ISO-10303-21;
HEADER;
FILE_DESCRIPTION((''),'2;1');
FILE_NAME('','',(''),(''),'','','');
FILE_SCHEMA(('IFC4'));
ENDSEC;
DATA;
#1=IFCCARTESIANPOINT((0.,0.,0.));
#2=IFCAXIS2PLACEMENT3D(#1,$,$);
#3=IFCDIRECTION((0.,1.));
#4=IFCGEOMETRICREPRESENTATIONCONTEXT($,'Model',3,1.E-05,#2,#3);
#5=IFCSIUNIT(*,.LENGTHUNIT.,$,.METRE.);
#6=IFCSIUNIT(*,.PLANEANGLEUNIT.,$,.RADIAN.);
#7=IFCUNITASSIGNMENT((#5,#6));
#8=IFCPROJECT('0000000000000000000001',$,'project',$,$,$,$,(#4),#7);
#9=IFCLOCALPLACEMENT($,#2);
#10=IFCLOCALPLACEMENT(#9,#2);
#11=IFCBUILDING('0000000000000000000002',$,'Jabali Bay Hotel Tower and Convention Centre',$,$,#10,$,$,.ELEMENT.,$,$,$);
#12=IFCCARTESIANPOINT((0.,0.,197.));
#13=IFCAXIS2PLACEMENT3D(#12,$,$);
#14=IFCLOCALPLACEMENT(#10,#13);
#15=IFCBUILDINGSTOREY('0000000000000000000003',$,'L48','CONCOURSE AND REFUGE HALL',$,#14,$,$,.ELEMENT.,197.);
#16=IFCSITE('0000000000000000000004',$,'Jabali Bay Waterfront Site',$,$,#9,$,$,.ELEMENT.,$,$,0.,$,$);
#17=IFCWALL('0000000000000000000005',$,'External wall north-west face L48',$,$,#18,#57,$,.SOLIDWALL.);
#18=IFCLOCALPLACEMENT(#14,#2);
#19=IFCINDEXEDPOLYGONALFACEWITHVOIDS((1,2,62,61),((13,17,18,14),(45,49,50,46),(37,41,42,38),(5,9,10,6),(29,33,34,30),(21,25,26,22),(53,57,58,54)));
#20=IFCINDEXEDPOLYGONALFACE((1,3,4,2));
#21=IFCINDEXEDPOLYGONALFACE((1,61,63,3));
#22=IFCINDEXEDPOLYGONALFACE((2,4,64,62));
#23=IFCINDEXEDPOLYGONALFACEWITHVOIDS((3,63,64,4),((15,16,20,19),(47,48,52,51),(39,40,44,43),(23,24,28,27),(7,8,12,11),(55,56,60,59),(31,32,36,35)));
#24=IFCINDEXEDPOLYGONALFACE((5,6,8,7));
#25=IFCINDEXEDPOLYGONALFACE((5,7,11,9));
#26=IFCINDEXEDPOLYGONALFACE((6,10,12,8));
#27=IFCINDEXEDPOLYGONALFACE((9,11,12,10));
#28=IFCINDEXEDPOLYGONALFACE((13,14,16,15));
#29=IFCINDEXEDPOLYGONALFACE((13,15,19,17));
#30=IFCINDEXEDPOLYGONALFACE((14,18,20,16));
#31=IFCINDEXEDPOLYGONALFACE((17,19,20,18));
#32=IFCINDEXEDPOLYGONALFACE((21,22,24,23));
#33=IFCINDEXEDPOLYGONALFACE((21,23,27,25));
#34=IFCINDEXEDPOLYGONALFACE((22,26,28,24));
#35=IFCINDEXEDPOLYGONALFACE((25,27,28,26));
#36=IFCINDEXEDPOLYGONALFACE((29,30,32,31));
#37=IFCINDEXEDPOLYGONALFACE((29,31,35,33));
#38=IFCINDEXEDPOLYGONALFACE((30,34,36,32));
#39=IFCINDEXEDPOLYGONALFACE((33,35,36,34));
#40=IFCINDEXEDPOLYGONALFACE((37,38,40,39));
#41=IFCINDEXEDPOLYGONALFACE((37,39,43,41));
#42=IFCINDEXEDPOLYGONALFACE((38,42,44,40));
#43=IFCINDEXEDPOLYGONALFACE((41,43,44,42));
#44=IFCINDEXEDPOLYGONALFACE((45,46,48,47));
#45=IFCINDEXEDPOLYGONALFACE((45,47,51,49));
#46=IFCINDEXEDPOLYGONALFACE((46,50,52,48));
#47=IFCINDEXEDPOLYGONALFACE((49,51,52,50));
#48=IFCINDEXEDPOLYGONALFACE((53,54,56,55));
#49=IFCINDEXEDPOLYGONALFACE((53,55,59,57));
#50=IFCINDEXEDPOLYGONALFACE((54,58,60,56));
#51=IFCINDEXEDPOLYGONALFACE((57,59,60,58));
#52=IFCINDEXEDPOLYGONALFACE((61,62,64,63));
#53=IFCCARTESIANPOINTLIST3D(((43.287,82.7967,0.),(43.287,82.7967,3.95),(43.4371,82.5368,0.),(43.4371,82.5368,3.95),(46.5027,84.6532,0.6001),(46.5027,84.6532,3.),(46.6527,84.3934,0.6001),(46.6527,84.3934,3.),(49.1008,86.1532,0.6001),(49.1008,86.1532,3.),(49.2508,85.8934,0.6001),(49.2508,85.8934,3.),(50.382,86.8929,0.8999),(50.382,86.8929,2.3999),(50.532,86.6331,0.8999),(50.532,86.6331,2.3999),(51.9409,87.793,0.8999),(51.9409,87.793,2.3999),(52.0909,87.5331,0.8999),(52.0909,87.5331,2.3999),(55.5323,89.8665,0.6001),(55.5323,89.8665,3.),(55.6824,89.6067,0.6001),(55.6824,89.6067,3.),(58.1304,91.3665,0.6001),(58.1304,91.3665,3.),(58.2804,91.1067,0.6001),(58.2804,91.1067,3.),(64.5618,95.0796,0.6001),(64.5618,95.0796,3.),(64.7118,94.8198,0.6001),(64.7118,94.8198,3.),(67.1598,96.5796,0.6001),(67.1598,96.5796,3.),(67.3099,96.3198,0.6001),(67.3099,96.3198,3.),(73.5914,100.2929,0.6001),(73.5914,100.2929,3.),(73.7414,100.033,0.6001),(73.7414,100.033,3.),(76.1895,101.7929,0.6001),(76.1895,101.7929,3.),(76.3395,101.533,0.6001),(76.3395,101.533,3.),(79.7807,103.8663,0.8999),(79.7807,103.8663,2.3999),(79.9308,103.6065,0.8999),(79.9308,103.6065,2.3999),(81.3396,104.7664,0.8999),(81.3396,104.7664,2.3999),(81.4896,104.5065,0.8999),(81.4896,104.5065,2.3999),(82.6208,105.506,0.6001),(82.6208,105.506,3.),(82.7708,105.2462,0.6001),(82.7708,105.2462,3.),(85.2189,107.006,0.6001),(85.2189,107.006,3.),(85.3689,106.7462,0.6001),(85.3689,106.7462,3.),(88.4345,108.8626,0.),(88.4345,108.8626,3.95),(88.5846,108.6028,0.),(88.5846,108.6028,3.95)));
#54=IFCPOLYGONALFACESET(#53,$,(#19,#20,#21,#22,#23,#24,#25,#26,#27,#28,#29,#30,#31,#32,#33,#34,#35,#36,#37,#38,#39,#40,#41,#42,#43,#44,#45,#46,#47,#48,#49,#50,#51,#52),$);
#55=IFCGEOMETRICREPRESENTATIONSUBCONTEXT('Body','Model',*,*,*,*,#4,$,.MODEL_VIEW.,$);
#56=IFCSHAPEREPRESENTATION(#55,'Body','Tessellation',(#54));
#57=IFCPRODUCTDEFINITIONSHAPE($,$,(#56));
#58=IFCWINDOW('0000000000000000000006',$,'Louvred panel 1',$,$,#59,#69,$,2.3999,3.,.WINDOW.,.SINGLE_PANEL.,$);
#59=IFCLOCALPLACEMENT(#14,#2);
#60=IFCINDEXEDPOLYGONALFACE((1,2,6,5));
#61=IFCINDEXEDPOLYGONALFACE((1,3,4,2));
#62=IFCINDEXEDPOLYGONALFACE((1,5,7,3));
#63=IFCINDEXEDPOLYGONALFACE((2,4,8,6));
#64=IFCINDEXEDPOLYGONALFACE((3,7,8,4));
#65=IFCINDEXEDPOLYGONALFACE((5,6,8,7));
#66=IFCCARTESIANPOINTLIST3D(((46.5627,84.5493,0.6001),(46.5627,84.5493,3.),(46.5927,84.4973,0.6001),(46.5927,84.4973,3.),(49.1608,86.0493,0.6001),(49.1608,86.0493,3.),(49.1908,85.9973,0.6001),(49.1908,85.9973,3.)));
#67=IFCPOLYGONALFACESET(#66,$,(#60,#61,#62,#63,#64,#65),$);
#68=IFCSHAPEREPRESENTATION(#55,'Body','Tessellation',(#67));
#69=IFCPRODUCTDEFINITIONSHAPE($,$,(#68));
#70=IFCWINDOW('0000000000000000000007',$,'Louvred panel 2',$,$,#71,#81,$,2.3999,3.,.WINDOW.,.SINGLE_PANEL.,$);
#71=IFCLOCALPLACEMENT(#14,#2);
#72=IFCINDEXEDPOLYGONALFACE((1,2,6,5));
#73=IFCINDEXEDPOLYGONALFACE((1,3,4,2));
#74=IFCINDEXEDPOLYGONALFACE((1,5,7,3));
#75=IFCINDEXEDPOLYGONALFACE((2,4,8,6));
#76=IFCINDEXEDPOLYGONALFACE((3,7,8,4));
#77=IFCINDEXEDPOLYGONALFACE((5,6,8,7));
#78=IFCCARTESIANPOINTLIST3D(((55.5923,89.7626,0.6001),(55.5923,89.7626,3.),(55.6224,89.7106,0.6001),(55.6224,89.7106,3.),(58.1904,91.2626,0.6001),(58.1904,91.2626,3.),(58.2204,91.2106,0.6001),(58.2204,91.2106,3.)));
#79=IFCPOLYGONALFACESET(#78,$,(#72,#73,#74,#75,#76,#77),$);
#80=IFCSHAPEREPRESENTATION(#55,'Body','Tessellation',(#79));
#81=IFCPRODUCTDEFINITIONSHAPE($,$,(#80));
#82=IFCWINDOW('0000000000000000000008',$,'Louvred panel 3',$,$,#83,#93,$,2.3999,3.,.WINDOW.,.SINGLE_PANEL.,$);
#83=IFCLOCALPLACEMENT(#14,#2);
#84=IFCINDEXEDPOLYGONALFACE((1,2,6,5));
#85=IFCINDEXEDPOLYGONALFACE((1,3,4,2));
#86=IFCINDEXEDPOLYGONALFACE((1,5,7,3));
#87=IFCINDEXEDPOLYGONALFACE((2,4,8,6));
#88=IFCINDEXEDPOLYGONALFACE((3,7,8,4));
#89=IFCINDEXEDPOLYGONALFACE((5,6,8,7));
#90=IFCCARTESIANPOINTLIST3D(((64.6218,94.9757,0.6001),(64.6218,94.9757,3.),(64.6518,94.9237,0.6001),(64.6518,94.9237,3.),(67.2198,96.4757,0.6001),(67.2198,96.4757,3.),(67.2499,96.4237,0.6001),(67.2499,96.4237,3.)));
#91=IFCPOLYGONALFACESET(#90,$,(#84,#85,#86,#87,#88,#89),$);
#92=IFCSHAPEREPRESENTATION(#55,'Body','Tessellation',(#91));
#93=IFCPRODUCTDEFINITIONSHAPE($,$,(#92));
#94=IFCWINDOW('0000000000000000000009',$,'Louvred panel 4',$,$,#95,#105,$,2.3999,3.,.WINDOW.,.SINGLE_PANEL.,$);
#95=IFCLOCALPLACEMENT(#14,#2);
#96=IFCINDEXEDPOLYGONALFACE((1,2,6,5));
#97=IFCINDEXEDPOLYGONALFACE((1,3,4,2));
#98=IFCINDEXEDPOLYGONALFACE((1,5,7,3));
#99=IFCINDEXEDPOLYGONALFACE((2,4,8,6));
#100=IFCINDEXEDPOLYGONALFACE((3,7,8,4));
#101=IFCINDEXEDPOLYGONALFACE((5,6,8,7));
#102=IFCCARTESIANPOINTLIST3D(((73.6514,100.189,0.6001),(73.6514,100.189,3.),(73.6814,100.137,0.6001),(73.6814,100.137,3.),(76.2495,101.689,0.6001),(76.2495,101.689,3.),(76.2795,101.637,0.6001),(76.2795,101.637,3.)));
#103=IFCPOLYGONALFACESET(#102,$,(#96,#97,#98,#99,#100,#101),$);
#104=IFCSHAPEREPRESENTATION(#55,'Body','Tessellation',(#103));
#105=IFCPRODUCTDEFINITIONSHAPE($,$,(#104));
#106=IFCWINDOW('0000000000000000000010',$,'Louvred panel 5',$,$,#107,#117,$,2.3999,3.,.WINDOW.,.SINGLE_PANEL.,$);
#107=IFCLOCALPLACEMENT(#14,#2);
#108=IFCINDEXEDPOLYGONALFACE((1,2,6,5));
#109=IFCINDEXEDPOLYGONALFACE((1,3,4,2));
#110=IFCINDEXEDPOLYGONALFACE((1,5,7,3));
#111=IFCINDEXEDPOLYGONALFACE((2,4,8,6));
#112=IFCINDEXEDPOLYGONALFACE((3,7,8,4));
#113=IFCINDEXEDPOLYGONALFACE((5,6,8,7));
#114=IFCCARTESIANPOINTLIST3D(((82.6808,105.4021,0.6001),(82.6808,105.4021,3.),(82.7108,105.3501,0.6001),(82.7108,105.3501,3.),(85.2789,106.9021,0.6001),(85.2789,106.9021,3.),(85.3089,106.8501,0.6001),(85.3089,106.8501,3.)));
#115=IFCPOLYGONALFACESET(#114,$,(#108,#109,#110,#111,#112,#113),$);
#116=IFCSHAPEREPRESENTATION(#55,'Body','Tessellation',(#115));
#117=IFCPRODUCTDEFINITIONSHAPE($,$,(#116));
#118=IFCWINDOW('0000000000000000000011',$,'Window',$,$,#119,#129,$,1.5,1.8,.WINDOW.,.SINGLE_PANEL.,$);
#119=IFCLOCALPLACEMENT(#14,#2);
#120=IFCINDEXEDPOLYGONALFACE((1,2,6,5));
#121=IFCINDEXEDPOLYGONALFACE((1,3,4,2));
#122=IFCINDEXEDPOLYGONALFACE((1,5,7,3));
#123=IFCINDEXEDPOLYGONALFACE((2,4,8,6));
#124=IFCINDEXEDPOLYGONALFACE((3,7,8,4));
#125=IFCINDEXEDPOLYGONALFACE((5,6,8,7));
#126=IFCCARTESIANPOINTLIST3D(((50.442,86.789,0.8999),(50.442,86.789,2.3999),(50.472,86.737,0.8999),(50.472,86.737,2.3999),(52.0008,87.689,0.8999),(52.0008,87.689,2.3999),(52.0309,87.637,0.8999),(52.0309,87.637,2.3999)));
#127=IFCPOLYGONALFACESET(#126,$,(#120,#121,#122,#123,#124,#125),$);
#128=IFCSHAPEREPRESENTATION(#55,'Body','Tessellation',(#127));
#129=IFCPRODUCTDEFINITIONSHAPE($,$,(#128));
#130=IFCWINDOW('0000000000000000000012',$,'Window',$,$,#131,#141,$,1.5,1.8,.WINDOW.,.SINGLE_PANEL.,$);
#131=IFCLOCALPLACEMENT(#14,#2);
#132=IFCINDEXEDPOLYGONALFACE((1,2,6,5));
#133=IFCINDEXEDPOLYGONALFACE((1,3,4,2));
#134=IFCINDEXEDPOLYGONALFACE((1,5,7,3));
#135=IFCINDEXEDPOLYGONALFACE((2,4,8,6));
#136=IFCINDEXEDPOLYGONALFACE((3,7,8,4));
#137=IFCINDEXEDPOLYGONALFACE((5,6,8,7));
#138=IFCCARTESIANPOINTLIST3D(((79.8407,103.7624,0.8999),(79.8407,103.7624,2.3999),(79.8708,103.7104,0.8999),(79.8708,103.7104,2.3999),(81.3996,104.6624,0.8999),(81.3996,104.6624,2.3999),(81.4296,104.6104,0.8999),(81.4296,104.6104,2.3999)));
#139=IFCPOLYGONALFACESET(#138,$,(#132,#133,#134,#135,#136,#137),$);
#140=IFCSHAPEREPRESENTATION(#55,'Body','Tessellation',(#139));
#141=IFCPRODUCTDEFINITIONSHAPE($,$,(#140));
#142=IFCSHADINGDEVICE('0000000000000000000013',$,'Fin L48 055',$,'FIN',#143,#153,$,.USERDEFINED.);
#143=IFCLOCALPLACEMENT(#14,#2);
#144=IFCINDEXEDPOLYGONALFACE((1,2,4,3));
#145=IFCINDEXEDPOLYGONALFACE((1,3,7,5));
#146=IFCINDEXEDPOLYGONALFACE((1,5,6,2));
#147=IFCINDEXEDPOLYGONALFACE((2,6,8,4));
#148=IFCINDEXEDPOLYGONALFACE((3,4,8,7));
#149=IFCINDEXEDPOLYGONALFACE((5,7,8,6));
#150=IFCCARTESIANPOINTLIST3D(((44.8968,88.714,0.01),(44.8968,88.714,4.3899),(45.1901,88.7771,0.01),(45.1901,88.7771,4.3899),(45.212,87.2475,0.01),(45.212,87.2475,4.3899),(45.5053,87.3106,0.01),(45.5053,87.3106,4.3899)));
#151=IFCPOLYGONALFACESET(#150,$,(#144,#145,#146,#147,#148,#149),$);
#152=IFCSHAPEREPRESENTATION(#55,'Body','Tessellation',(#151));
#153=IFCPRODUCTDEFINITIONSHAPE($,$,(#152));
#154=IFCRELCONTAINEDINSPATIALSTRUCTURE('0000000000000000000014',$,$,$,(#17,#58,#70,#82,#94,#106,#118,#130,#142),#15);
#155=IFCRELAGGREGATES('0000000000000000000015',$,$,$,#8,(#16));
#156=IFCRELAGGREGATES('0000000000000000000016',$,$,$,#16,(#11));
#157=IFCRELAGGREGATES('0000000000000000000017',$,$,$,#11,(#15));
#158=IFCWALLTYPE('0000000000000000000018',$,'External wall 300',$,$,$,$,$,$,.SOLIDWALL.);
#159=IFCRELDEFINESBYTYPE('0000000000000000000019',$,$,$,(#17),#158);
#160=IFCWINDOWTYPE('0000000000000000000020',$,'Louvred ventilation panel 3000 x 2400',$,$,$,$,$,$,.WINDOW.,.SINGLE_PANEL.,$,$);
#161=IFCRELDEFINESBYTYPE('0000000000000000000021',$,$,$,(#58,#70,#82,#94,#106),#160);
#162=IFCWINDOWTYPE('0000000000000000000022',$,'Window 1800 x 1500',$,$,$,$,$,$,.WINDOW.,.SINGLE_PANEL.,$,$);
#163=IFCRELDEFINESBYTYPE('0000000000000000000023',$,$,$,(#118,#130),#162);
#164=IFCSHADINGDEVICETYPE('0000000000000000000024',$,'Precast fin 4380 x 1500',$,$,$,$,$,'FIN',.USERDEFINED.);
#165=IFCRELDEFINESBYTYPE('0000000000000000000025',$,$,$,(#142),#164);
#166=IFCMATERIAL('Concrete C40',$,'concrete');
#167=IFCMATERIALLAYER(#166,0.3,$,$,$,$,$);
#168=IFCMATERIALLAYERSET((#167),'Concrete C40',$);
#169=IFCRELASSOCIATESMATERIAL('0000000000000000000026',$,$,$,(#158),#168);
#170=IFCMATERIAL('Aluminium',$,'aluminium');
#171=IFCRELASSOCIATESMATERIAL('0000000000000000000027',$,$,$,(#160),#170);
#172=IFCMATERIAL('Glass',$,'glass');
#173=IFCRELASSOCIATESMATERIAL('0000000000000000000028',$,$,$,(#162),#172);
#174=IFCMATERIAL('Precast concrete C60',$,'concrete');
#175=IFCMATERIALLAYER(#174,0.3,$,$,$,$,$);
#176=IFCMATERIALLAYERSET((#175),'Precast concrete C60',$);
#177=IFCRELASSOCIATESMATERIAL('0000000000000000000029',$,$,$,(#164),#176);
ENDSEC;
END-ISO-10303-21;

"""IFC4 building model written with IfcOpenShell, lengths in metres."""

from ifc_helpers import new_model, si_unit, direction, frame, frame_2d, origin, place, context, subcontext, project, spatial, rectangle, extrude, material, layer, layer_set, type_object, element, fill, save


model = new_model("IFC4")

# Units and contexts
model_context = context("Model", 3, precision=1e-05, world=origin(), true_north=direction((0.0, 1.0)))
body_context = subcontext(model_context, "Body", "Model", "MODEL_VIEW")
ifc_project = project(units=[si_unit("LENGTHUNIT", "METRE"), si_unit("PLANEANGLEUNIT", "RADIAN")], contexts=[model_context])

# Site, building, storey
site_placement = place(None, origin())
site = spatial("IfcSite", under=ifc_project, at=site_placement, Name="Jabali Bay Waterfront Site", CompositionType="ELEMENT", RefElevation=0.0)
building_placement = place(site_placement, origin())
building = spatial("IfcBuilding", under=site, at=building_placement, Name="Jabali Bay Hotel Tower and Convention Centre", CompositionType="ELEMENT")
storey_placement = place(building_placement, frame((0.0, 0.0, 197.0)))
storey = spatial("IfcBuildingStorey", under=building, at=storey_placement, Name="L48", Description="CONCOURSE AND REFUGE HALL", CompositionType="ELEMENT", Elevation=197.0)

# Wall, openings, windows
ifc_material_1 = material(Name="Concrete C40", Category="concrete")
ifc_layer_1 = layer(ifc_material_1, 0.3)
ifc_layer_set_1 = layer_set([ifc_layer_1], Name="Concrete C40")
wall_type = type_object("IfcWallType", Name="External wall 300", PredefinedType="SOLIDWALL", material=ifc_layer_set_1)
wall_placement = place(storey_placement, frame((43.3621, 82.6667, 0.0), z_axis=(0.0, 0.0, 1.0), x_axis=(0.866025, 0.5, 0.0)))
wall = element("IfcWall", 1, at=wall_placement, inside=storey, type_object=wall_type, Name="External wall north-west face L48", PredefinedType="SOLIDWALL", context=body_context, shape_type="SweptSolid", body=[
    extrude(rectangle(XDim=52.1318, YDim=0.3, at=frame_2d((26.0659, 0.0))), origin(), (0.0, 0.0, 1.0), 3.95),
])
opening_1_placement = place(wall_placement, frame((8.1926, 0.0, 0.8999)))
opening_1 = element("IfcOpeningElement", 2, at=opening_1_placement, cuts=wall, PredefinedType="OPENING", context=body_context, shape_type="SweptSolid", body=[
    extrude(rectangle(XDim=1.8, YDim=1.5, at=frame_2d((0.8999, 0.75))), frame((0.0, 0.1606, 0.0), z_axis=(0.0, -1.0, 0.0), x_axis=(1.0, 0.0, 0.0)), (0.0, 0.0, 1.0), 0.321),
])
opening_2_placement = place(wall_placement, frame((42.1394, 0.0, 0.8999)))
opening_2 = element("IfcOpeningElement", 3, at=opening_2_placement, cuts=wall, PredefinedType="OPENING", context=body_context, shape_type="SweptSolid", body=[
    extrude(rectangle(XDim=1.8, YDim=1.5, at=frame_2d((0.8999, 0.75))), frame((0.0, 0.1606, 0.0), z_axis=(0.0, -1.0, 0.0), x_axis=(1.0, 0.0, 0.0)), (0.0, 0.0, 1.0), 0.321),
])
opening_3_placement = place(wall_placement, frame((3.7131, 0.0, 0.6001)))
opening_3 = element("IfcOpeningElement", 4, at=opening_3_placement, cuts=wall, PredefinedType="OPENING", context=body_context, shape_type="SweptSolid", body=[
    extrude(rectangle(XDim=3.0, YDim=2.3999, at=frame_2d((1.5, 1.2))), frame((0.0, 0.1606, 0.0), z_axis=(0.0, -1.0, 0.0), x_axis=(1.0, 0.0, 0.0)), (0.0, 0.0, 1.0), 0.321),
])
opening_4_placement = place(wall_placement, frame((14.1396, 0.0, 0.6001)))
opening_4 = element("IfcOpeningElement", 5, at=opening_4_placement, cuts=wall, PredefinedType="OPENING", context=body_context, shape_type="SweptSolid", body=[
    extrude(rectangle(XDim=3.0, YDim=2.3999, at=frame_2d((1.5, 1.2))), frame((0.0, 0.1606, 0.0), z_axis=(0.0, -1.0, 0.0), x_axis=(1.0, 0.0, 0.0)), (0.0, 0.0, 1.0), 0.321),
])
opening_5_placement = place(wall_placement, frame((24.5659, 0.0, 0.6001)))
opening_5 = element("IfcOpeningElement", 6, at=opening_5_placement, cuts=wall, PredefinedType="OPENING", context=body_context, shape_type="SweptSolid", body=[
    extrude(rectangle(XDim=3.0, YDim=2.3999, at=frame_2d((1.5, 1.2))), frame((0.0, 0.1606, 0.0), z_axis=(0.0, -1.0, 0.0), x_axis=(1.0, 0.0, 0.0)), (0.0, 0.0, 1.0), 0.321),
])
opening_6_placement = place(wall_placement, frame((34.9924, 0.0, 0.6001)))
opening_6 = element("IfcOpeningElement", 7, at=opening_6_placement, cuts=wall, PredefinedType="OPENING", context=body_context, shape_type="SweptSolid", body=[
    extrude(rectangle(XDim=3.0, YDim=2.3999, at=frame_2d((1.5, 1.2))), frame((0.0, 0.1606, 0.0), z_axis=(0.0, -1.0, 0.0), x_axis=(1.0, 0.0, 0.0)), (0.0, 0.0, 1.0), 0.321),
])
opening_7_placement = place(wall_placement, frame((45.4187, 0.0, 0.6001)))
opening_7 = element("IfcOpeningElement", 8, at=opening_7_placement, cuts=wall, PredefinedType="OPENING", context=body_context, shape_type="SweptSolid", body=[
    extrude(rectangle(XDim=3.0, YDim=2.3999, at=frame_2d((1.5, 1.2))), frame((0.0, 0.1606, 0.0), z_axis=(0.0, -1.0, 0.0), x_axis=(1.0, 0.0, 0.0)), (0.0, 0.0, 1.0), 0.321),
])
ifc_material_2 = material(Name="Aluminium", Category="aluminium")
window_type_1 = type_object("IfcWindowType", Name="Louvred ventilation panel 3000 x 2400", PartitioningType="SINGLE_PANEL", PredefinedType="WINDOW", material=ifc_material_2)
window_1_placement = place(opening_3_placement, origin())
window_1 = element("IfcWindow", 9, at=window_1_placement, inside=storey, type_object=window_type_1, Name="Louvred panel 1", OverallHeight=2.3999, OverallWidth=3.0, PartitioningType="SINGLE_PANEL", PredefinedType="WINDOW", context=body_context, shape_type="SweptSolid", body=[
    extrude(rectangle(XDim=3.0, YDim=2.3999, at=frame_2d((1.5, 1.2))), frame((0.0, 0.03, 0.0), z_axis=(0.0, -1.0, 0.0), x_axis=(1.0, 0.0, 0.0)), (0.0, 0.0, 1.0), 0.0601),
])
fill(opening_3, window_1)
window_2_placement = place(opening_4_placement, origin())
window_2 = element("IfcWindow", 10, at=window_2_placement, inside=storey, type_object=window_type_1, Name="Louvred panel 2", OverallHeight=2.3999, OverallWidth=3.0, PartitioningType="SINGLE_PANEL", PredefinedType="WINDOW", context=body_context, shape_type="SweptSolid", body=[
    extrude(rectangle(XDim=3.0, YDim=2.3999, at=frame_2d((1.5, 1.2))), frame((0.0, 0.03, 0.0), z_axis=(0.0, -1.0, 0.0), x_axis=(1.0, 0.0, 0.0)), (0.0, 0.0, 1.0), 0.0601),
])
fill(opening_4, window_2)
window_3_placement = place(opening_5_placement, origin())
window_3 = element("IfcWindow", 11, at=window_3_placement, inside=storey, type_object=window_type_1, Name="Louvred panel 3", OverallHeight=2.3999, OverallWidth=3.0, PartitioningType="SINGLE_PANEL", PredefinedType="WINDOW", context=body_context, shape_type="SweptSolid", body=[
    extrude(rectangle(XDim=3.0, YDim=2.3999, at=frame_2d((1.5, 1.2))), frame((0.0, 0.03, 0.0), z_axis=(0.0, -1.0, 0.0), x_axis=(1.0, 0.0, 0.0)), (0.0, 0.0, 1.0), 0.0601),
])
fill(opening_5, window_3)
window_4_placement = place(opening_6_placement, origin())
window_4 = element("IfcWindow", 12, at=window_4_placement, inside=storey, type_object=window_type_1, Name="Louvred panel 4", OverallHeight=2.3999, OverallWidth=3.0, PartitioningType="SINGLE_PANEL", PredefinedType="WINDOW", context=body_context, shape_type="SweptSolid", body=[
    extrude(rectangle(XDim=3.0, YDim=2.3999, at=frame_2d((1.5, 1.2))), frame((0.0, 0.03, 0.0), z_axis=(0.0, -1.0, 0.0), x_axis=(1.0, 0.0, 0.0)), (0.0, 0.0, 1.0), 0.0601),
])
fill(opening_6, window_4)
window_5_placement = place(opening_7_placement, origin())
window_5 = element("IfcWindow", 13, at=window_5_placement, inside=storey, type_object=window_type_1, Name="Louvred panel 5", OverallHeight=2.3999, OverallWidth=3.0, PartitioningType="SINGLE_PANEL", PredefinedType="WINDOW", context=body_context, shape_type="SweptSolid", body=[
    extrude(rectangle(XDim=3.0, YDim=2.3999, at=frame_2d((1.5, 1.2))), frame((0.0, 0.03, 0.0), z_axis=(0.0, -1.0, 0.0), x_axis=(1.0, 0.0, 0.0)), (0.0, 0.0, 1.0), 0.0601),
])
fill(opening_7, window_5)
ifc_material_3 = material(Name="Glass", Category="glass")
window_type_2 = type_object("IfcWindowType", Name="Window 1800 x 1500", PartitioningType="SINGLE_PANEL", PredefinedType="WINDOW", material=ifc_material_3)
window_6_placement = place(opening_1_placement, origin())
window_6 = element("IfcWindow", 14, at=window_6_placement, inside=storey, type_object=window_type_2, Name="Window", OverallHeight=1.5, OverallWidth=1.8, PartitioningType="SINGLE_PANEL", PredefinedType="WINDOW", context=body_context, shape_type="SweptSolid", body=[
    extrude(rectangle(XDim=1.8, YDim=1.5, at=frame_2d((0.8999, 0.75))), frame((0.0, 0.03, 0.0), z_axis=(0.0, -1.0, 0.0), x_axis=(1.0, 0.0, 0.0)), (0.0, 0.0, 1.0), 0.0601),
])
fill(opening_1, window_6)
window_7_placement = place(opening_2_placement, origin())
window_7 = element("IfcWindow", 15, at=window_7_placement, inside=storey, type_object=window_type_2, Name="Window", OverallHeight=1.5, OverallWidth=1.8, PartitioningType="SINGLE_PANEL", PredefinedType="WINDOW", context=body_context, shape_type="SweptSolid", body=[
    extrude(rectangle(XDim=1.8, YDim=1.5, at=frame_2d((0.8999, 0.75))), frame((0.0, 0.03, 0.0), z_axis=(0.0, -1.0, 0.0), x_axis=(1.0, 0.0, 0.0)), (0.0, 0.0, 1.0), 0.0601),
])
fill(opening_2, window_7)

# Shading device
ifc_material_4 = material(Name="Precast concrete C60", Category="concrete")
ifc_layer_2 = layer(ifc_material_4, 0.3)
ifc_layer_set_2 = layer_set([ifc_layer_2], Name="Precast concrete C60")
shading_device_type = type_object("IfcShadingDeviceType", Name="Precast fin 4380 x 1500", ElementType="FIN", PredefinedType="USERDEFINED", material=ifc_layer_set_2)
shading_device_1_placement = place(storey_placement, frame((45.3586, 87.2791, 0.01), z_axis=(0.0, 0.0, 1.0), x_axis=(-0.210118, 0.977676, 0.0)))
element("IfcShadingDevice", 16, at=shading_device_1_placement, inside=storey, type_object=shading_device_type, Name="Fin L48 055", ObjectType="FIN", PredefinedType="USERDEFINED", context=body_context, shape_type="SweptSolid", body=[
    extrude(rectangle(XDim=1.5, YDim=0.3, at=frame_2d((0.75, 0.0))), origin(), (0.0, 0.0, 1.0), 4.3799),
])

save(model, "model.ifc")
